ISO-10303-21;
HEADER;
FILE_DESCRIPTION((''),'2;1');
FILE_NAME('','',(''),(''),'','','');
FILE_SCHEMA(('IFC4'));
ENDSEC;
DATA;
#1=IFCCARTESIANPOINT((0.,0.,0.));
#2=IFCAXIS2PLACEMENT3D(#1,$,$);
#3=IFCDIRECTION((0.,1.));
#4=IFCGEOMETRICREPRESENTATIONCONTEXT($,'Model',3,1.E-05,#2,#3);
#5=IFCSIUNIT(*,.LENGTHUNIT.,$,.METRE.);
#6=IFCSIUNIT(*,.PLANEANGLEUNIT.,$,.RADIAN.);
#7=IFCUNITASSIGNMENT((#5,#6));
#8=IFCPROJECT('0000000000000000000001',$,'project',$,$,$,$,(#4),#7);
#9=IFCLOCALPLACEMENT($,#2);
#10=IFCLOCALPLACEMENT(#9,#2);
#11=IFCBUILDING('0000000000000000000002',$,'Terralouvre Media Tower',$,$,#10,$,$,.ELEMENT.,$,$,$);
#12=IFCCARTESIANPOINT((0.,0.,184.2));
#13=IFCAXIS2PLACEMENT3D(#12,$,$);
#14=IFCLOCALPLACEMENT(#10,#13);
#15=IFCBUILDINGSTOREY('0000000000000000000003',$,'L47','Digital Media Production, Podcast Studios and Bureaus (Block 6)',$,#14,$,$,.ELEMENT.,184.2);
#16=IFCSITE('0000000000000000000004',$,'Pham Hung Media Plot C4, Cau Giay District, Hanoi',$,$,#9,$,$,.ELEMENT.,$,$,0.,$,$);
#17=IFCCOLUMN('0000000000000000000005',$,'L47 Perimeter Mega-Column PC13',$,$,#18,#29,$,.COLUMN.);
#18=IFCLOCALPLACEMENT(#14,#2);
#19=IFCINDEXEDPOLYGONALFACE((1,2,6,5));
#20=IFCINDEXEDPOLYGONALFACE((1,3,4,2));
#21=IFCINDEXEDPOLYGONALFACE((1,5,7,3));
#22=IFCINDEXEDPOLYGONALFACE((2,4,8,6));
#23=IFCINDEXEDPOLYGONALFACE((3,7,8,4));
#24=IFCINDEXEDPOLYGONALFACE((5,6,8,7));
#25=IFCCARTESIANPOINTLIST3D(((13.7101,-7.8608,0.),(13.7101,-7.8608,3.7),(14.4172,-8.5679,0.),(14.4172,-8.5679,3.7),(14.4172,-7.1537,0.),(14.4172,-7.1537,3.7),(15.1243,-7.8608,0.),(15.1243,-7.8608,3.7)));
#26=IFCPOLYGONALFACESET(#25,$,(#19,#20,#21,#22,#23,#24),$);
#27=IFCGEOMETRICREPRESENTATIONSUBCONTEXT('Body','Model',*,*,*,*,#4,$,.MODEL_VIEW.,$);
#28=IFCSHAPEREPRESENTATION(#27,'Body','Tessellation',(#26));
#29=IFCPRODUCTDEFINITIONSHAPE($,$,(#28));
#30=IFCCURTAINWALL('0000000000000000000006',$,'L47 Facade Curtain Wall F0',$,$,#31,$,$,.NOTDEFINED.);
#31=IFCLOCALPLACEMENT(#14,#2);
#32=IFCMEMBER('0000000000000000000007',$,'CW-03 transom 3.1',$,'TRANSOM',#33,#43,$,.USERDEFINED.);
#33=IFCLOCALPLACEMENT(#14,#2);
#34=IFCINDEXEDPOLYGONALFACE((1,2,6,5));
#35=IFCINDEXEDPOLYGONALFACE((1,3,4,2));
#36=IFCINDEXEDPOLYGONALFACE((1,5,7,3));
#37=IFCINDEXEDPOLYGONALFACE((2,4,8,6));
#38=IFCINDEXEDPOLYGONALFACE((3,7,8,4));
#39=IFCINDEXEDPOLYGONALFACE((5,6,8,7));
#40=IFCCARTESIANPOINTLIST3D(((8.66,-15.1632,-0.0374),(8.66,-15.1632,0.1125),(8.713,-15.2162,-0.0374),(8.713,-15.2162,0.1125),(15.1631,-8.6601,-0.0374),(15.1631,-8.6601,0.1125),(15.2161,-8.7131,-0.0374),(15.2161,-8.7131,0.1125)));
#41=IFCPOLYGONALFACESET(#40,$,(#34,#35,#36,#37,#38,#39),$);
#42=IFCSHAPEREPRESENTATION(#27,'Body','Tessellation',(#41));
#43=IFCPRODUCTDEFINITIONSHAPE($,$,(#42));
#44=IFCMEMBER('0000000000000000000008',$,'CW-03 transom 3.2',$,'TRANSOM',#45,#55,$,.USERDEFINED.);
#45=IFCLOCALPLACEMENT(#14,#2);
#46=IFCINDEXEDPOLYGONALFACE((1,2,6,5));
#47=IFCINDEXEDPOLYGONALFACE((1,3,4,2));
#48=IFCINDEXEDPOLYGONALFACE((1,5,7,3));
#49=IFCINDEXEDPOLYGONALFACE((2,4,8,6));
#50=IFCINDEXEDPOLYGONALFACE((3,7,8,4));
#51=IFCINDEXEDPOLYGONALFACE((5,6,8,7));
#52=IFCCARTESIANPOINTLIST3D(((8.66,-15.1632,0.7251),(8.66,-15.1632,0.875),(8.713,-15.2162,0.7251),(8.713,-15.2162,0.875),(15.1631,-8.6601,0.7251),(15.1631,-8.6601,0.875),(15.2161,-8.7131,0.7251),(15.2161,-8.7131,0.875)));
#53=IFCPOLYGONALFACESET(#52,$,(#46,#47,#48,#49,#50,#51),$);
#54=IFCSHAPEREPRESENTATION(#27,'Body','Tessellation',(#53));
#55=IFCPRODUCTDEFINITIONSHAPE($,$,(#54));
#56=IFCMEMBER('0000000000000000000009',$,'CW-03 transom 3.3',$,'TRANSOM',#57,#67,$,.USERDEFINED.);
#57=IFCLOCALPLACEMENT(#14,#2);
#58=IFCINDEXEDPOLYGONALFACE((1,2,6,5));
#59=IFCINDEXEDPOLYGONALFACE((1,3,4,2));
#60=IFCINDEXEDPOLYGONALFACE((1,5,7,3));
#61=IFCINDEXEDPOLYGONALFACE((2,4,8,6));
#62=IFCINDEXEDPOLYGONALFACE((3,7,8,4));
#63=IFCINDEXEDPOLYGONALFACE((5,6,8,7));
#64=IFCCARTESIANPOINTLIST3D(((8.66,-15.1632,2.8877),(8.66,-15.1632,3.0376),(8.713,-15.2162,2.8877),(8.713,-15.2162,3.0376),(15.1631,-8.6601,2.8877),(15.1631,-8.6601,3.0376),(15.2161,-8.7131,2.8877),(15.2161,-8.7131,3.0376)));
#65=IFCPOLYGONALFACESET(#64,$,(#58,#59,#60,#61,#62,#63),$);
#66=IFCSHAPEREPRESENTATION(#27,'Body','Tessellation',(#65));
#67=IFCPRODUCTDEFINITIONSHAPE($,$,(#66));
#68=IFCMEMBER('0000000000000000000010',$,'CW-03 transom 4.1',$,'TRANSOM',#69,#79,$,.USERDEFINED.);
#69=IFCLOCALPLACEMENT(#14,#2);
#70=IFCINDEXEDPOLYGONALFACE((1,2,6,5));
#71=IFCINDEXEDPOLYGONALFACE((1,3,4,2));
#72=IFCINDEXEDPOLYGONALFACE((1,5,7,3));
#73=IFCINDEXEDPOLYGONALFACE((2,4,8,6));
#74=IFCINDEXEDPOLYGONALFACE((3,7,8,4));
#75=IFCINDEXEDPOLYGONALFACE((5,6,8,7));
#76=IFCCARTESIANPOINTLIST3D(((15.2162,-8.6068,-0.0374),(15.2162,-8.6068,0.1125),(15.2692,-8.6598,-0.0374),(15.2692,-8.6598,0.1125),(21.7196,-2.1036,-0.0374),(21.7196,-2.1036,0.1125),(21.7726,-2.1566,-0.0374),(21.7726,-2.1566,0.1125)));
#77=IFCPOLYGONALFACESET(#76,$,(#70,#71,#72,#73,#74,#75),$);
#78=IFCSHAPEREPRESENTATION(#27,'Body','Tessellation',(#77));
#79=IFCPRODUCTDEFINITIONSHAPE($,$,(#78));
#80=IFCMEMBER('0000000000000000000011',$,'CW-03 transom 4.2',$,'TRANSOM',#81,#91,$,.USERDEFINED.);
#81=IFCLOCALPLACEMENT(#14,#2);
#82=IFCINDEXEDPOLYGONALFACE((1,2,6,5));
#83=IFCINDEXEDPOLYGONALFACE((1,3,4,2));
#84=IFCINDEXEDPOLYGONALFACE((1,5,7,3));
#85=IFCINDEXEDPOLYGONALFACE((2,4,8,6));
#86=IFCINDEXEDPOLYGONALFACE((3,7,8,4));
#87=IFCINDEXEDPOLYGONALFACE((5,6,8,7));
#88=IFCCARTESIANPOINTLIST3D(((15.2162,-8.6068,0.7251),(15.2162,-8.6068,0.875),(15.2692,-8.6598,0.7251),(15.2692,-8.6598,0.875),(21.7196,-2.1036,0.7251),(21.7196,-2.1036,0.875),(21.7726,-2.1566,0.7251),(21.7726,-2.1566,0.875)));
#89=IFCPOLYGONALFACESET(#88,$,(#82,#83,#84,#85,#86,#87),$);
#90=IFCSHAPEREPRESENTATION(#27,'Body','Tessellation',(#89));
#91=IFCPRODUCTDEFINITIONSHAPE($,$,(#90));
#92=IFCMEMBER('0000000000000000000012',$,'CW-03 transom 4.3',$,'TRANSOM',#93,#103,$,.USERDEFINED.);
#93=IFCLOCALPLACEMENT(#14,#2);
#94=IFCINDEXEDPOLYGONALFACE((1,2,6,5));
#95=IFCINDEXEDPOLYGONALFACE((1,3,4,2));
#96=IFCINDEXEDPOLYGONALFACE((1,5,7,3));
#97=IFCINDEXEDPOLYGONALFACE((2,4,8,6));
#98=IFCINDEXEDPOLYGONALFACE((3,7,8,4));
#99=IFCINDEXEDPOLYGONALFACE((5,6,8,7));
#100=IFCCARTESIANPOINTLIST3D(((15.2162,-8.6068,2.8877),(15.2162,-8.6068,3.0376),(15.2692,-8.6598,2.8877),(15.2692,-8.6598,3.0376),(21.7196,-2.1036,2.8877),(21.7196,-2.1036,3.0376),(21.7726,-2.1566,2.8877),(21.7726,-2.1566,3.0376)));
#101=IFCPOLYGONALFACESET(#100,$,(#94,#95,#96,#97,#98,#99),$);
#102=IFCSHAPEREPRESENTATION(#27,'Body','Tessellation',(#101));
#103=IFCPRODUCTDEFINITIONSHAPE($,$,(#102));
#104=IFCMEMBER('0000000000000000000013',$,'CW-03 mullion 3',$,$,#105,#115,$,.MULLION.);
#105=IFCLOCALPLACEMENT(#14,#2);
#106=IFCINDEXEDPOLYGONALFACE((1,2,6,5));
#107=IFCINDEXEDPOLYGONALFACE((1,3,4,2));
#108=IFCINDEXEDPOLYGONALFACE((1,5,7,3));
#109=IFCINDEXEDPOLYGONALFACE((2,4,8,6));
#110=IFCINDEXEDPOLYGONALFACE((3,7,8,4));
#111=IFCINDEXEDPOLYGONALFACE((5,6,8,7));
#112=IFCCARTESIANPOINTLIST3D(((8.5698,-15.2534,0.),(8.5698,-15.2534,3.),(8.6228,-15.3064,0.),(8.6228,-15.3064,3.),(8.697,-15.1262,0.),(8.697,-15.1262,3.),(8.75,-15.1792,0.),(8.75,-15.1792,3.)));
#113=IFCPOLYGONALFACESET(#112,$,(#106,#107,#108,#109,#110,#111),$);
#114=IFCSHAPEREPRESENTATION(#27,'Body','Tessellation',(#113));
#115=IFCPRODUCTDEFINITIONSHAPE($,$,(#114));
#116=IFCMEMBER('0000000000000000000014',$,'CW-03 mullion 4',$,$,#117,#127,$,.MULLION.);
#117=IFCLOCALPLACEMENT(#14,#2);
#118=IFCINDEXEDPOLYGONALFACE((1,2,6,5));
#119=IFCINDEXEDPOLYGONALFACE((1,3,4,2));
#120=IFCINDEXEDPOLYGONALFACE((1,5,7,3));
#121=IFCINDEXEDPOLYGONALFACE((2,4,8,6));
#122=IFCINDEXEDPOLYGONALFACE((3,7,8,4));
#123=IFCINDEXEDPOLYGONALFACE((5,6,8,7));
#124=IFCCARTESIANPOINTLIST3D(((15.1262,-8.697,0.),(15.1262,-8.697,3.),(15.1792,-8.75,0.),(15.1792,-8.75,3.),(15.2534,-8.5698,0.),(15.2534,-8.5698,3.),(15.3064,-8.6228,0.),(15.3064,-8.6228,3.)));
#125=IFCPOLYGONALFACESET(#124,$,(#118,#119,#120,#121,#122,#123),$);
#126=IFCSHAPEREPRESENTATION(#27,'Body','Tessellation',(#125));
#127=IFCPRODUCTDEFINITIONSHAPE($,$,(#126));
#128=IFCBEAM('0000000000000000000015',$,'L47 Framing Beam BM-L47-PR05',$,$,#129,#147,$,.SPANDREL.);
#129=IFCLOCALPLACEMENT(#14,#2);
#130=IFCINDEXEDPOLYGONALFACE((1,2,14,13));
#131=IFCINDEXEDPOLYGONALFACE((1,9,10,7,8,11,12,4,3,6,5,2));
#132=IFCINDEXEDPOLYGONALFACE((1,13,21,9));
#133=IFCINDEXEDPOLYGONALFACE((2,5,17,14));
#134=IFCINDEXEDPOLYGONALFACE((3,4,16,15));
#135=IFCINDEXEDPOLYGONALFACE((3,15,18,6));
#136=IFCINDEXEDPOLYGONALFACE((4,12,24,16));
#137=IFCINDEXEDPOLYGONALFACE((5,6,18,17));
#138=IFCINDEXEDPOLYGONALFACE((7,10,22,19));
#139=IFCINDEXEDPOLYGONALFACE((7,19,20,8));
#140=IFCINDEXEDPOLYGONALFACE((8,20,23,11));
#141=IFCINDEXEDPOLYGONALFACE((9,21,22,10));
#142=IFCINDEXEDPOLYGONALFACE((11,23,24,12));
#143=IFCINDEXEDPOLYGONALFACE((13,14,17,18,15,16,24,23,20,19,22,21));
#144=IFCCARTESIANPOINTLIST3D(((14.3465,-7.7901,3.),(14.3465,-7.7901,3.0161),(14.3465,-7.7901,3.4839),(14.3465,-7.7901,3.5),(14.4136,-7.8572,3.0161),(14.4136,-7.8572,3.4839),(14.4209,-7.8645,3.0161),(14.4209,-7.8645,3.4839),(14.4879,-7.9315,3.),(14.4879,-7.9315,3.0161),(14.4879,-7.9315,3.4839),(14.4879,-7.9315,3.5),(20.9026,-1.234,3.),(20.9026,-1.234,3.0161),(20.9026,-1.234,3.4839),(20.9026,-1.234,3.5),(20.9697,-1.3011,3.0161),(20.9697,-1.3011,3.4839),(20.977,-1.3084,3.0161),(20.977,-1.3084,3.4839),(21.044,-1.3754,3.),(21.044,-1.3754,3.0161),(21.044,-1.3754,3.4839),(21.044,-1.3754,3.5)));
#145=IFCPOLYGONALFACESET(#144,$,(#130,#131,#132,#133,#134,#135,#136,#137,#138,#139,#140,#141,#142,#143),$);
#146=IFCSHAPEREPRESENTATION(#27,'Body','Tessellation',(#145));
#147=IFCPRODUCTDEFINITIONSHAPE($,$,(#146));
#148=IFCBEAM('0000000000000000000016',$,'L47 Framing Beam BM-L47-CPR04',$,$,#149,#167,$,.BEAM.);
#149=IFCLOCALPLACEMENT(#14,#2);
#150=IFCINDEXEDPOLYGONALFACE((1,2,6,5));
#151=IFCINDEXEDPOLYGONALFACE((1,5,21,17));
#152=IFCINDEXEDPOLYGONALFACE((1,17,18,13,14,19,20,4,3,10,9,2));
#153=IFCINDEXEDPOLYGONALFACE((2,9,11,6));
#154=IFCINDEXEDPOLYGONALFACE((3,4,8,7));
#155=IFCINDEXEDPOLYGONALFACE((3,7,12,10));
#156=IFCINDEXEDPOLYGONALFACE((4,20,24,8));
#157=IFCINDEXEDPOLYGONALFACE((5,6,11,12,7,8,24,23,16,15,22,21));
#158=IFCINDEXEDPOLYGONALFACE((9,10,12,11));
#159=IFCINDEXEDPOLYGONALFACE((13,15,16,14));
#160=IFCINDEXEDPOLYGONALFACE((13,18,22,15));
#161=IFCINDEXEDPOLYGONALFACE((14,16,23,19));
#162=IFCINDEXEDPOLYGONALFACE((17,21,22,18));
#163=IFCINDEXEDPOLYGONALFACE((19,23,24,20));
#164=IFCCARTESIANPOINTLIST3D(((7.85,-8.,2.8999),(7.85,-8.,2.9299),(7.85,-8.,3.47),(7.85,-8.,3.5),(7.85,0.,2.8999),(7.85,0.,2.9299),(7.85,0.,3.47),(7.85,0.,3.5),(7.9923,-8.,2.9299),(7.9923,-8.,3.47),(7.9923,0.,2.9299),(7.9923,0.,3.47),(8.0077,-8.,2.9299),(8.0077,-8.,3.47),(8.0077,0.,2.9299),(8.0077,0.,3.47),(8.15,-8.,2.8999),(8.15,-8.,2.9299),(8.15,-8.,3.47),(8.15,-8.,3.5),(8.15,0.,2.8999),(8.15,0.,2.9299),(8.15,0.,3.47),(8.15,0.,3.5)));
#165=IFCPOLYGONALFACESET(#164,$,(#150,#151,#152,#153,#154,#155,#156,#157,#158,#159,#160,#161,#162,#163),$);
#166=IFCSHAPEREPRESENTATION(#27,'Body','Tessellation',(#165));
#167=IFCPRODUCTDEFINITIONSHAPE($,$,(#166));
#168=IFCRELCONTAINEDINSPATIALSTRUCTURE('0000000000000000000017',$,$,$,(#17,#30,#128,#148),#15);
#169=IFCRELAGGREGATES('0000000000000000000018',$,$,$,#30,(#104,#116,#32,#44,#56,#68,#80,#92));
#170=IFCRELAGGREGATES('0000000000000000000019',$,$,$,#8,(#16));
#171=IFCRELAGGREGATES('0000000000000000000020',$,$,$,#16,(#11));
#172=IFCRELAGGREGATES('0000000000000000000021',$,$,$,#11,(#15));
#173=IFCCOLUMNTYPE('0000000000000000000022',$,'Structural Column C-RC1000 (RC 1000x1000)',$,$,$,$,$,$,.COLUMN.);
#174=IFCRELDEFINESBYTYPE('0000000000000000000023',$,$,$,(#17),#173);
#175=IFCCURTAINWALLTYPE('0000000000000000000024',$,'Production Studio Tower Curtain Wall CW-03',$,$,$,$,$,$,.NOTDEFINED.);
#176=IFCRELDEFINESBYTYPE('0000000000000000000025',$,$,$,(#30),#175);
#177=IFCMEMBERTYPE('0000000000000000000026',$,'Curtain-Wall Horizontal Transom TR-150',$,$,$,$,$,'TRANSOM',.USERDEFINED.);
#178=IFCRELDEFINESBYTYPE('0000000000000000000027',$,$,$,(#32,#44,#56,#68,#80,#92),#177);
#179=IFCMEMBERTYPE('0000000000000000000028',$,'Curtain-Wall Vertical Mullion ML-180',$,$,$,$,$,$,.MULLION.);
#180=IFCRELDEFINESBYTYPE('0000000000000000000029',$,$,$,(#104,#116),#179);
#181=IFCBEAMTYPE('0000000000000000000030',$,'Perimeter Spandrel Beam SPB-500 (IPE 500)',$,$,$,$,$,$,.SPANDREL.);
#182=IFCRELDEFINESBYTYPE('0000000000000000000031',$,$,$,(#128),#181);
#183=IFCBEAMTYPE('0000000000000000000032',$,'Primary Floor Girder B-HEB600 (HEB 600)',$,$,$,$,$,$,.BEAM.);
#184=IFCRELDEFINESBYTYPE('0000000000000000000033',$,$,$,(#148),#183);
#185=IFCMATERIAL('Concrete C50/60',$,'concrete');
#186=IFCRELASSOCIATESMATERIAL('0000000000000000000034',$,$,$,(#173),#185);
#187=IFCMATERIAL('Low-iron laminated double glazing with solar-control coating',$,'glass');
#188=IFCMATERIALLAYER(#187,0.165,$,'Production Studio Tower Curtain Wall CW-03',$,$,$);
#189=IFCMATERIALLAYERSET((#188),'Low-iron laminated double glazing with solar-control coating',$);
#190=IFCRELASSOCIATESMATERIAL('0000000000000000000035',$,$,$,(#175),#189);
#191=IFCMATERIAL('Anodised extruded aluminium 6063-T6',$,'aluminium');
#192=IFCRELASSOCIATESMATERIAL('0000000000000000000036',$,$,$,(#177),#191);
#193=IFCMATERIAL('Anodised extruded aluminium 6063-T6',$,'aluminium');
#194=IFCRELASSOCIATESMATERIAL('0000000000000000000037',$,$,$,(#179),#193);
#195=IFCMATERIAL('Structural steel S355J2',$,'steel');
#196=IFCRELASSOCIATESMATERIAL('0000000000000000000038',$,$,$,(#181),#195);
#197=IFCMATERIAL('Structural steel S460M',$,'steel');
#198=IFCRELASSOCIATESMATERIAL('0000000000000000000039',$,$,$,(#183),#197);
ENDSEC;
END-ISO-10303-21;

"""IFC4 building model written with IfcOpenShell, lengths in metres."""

from ifc_helpers import new_model, si_unit, direction, frame, origin, origin_2d, place, context, subcontext, project, spatial, rectangle, i_section, extrude, material, layer, layer_set, material_profile, profile_set, type_object, element, aggregate, save


model = new_model("IFC4")

# Units and contexts
model_context = context("Model", 3, precision=1e-05, world=origin(), true_north=direction((0.0, 1.0)))
body_context = subcontext(model_context, "Body", "Model", "MODEL_VIEW")
ifc_project = project(units=[si_unit("LENGTHUNIT", "METRE"), si_unit("PLANEANGLEUNIT", "RADIAN")], contexts=[model_context])

# Site, building, storey
site_placement = place(None, origin())
site = spatial("IfcSite", under=ifc_project, at=site_placement, Name="Pham Hung Media Plot C4, Cau Giay District, Hanoi", CompositionType="ELEMENT", RefElevation=0.0)
building_placement = place(site_placement, origin())
building = spatial("IfcBuilding", under=site, at=building_placement, Name="Terralouvre Media Tower", CompositionType="ELEMENT")
storey_placement = place(building_placement, frame((0.0, 0.0, 184.2)))
storey = spatial("IfcBuildingStorey", under=building, at=storey_placement, Name="L47", Description="Digital Media Production, Podcast Studios and Bureaus (Block 6)", CompositionType="ELEMENT", Elevation=184.2)

# Column
ifc_material_1 = material(Name="Concrete C50/60", Category="concrete")
ifc_material_profile_1 = material_profile(ifc_material_1, rectangle(XDim=1.0, YDim=1.0, at=origin_2d()), Name="RC 1000x1000")
ifc_profile_set_1 = profile_set([ifc_material_profile_1], Name="Concrete C50/60")
column_type = type_object("IfcColumnType", Name="Structural Column C-RC1000 (RC 1000x1000)", PredefinedType="COLUMN", material=ifc_profile_set_1)
column_placement = place(storey_placement, frame((14.4172, -7.8608, 0.0), z_axis=(0.0, 0.0, 1.0), x_axis=(0.707107, 0.707107, 0.0)))
element("IfcColumn", 1, at=column_placement, inside=storey, type_object=column_type, Name="L47 Perimeter Mega-Column PC13", PredefinedType="COLUMN", context=body_context, shape_type="SweptSolid", body=[
    extrude(rectangle(XDim=1.0, YDim=1.0, at=origin_2d()), origin(), (0.0, 0.0, 1.0), 3.7),
])

# Curtain wall, members
ifc_material_2 = material(Name="Low-iron laminated double glazing with solar-control coating", Category="glass")
ifc_layer_1 = layer(ifc_material_2, 0.165, Name="Production Studio Tower Curtain Wall CW-03")
ifc_layer_set_1 = layer_set([ifc_layer_1], Name="Low-iron laminated double glazing with solar-control coating")
curtain_wall_type = type_object("IfcCurtainWallType", Name="Production Studio Tower Curtain Wall CW-03", PredefinedType="NOTDEFINED", material=ifc_layer_set_1)
curtain_wall_placement = place(storey_placement, origin())
curtain_wall = element("IfcCurtainWall", 2, at=curtain_wall_placement, inside=storey, type_object=curtain_wall_type, Name="L47 Facade Curtain Wall F0", PredefinedType="NOTDEFINED")
ifc_material_3 = material(Name="Anodised extruded aluminium 6063-T6", Category="aluminium")
ifc_material_profile_2 = material_profile(ifc_material_3, rectangle(XDim=0.075, YDim=0.1499, at=origin_2d()), Name="ALU 75x150")
ifc_profile_set_2 = profile_set([ifc_material_profile_2], Name="Anodised extruded aluminium 6063-T6")
member_type_1 = type_object("IfcMemberType", Name="Curtain-Wall Horizontal Transom TR-150", ElementType="TRANSOM", PredefinedType="USERDEFINED", material=ifc_profile_set_2)
member_1_placement = place(storey_placement, frame((8.6865, -15.1897, 0.0376), z_axis=(0.707107, 0.707107, 0.0), x_axis=(-0.707107, 0.707107, 0.0)))
member_1 = element("IfcMember", 3, at=member_1_placement, type_object=member_type_1, Name="CW-03 transom 3.1", ObjectType="TRANSOM", PredefinedType="USERDEFINED", context=body_context, shape_type="SweptSolid", body=[
    extrude(rectangle(XDim=0.075, YDim=0.1499, at=origin_2d()), origin(), (0.0, 0.0, 1.0), 9.1968),
])
member_2_placement = place(storey_placement, frame((8.6865, -15.1897, 0.8), z_axis=(0.707107, 0.707107, 0.0), x_axis=(-0.707107, 0.707107, 0.0)))
member_2 = element("IfcMember", 4, at=member_2_placement, type_object=member_type_1, Name="CW-03 transom 3.2", ObjectType="TRANSOM", PredefinedType="USERDEFINED", context=body_context, shape_type="SweptSolid", body=[
    extrude(rectangle(XDim=0.075, YDim=0.1499, at=origin_2d()), origin(), (0.0, 0.0, 1.0), 9.1968),
])
member_3_placement = place(storey_placement, frame((8.6865, -15.1897, 2.9626), z_axis=(0.707107, 0.707107, 0.0), x_axis=(-0.707107, 0.707107, 0.0)))
member_3 = element("IfcMember", 5, at=member_3_placement, type_object=member_type_1, Name="CW-03 transom 3.3", ObjectType="TRANSOM", PredefinedType="USERDEFINED", context=body_context, shape_type="SweptSolid", body=[
    extrude(rectangle(XDim=0.075, YDim=0.1499, at=origin_2d()), origin(), (0.0, 0.0, 1.0), 9.1968),
])
member_4_placement = place(storey_placement, frame((15.2427, -8.6333, 0.0376), z_axis=(0.70712, 0.707094, 0.0), x_axis=(-0.707094, 0.70712, 0.0)))
member_4 = element("IfcMember", 6, at=member_4_placement, type_object=member_type_1, Name="CW-03 transom 4.1", ObjectType="TRANSOM", PredefinedType="USERDEFINED", context=body_context, shape_type="SweptSolid", body=[
    extrude(rectangle(XDim=0.075, YDim=0.1499, at=origin_2d()), origin(), (0.0, 0.0, 1.0), 9.197),
])
member_5_placement = place(storey_placement, frame((15.2427, -8.6333, 0.8), z_axis=(0.70712, 0.707094, 0.0), x_axis=(-0.707094, 0.70712, 0.0)))
member_5 = element("IfcMember", 7, at=member_5_placement, type_object=member_type_1, Name="CW-03 transom 4.2", ObjectType="TRANSOM", PredefinedType="USERDEFINED", context=body_context, shape_type="SweptSolid", body=[
    extrude(rectangle(XDim=0.075, YDim=0.1499, at=origin_2d()), origin(), (0.0, 0.0, 1.0), 9.197),
])
member_6_placement = place(storey_placement, frame((15.2427, -8.6333, 2.9626), z_axis=(0.70712, 0.707094, 0.0), x_axis=(-0.707094, 0.70712, 0.0)))
member_6 = element("IfcMember", 8, at=member_6_placement, type_object=member_type_1, Name="CW-03 transom 4.3", ObjectType="TRANSOM", PredefinedType="USERDEFINED", context=body_context, shape_type="SweptSolid", body=[
    extrude(rectangle(XDim=0.075, YDim=0.1499, at=origin_2d()), origin(), (0.0, 0.0, 1.0), 9.197),
])
ifc_material_4 = material(Name="Anodised extruded aluminium 6063-T6", Category="aluminium")
ifc_material_profile_3 = material_profile(ifc_material_4, rectangle(XDim=0.075, YDim=0.1799, at=origin_2d()), Name="ALU 75x180")
ifc_profile_set_3 = profile_set([ifc_material_profile_3], Name="Anodised extruded aluminium 6063-T6")
member_type_2 = type_object("IfcMemberType", Name="Curtain-Wall Vertical Mullion ML-180", PredefinedType="MULLION", material=ifc_profile_set_3)
member_7_placement = place(storey_placement, frame((8.6599, -15.2163, 0.0), z_axis=(0.0, 0.0, 1.0), x_axis=(-0.707107, 0.707107, 0.0)))
member_7 = element("IfcMember", 9, at=member_7_placement, type_object=member_type_2, Name="CW-03 mullion 3", PredefinedType="MULLION", context=body_context, shape_type="SweptSolid", body=[
    extrude(rectangle(XDim=0.075, YDim=0.1799, at=origin_2d()), origin(), (0.0, 0.0, 1.0), 3.0),
])
member_8_placement = place(storey_placement, frame((15.2163, -8.6599, 0.0), z_axis=(0.0, 0.0, 1.0), x_axis=(-0.707107, 0.707107, 0.0)))
member_8 = element("IfcMember", 10, at=member_8_placement, type_object=member_type_2, Name="CW-03 mullion 4", PredefinedType="MULLION", context=body_context, shape_type="SweptSolid", body=[
    extrude(rectangle(XDim=0.075, YDim=0.1799, at=origin_2d()), origin(), (0.0, 0.0, 1.0), 3.0),
])

# Beams
ifc_material_5 = material(Name="Structural steel S355J2", Category="steel")
ifc_material_profile_4 = material_profile(ifc_material_5, i_section(OverallWidth=0.2, OverallDepth=0.5, WebThickness=0.0103, FlangeThickness=0.0161, at=origin_2d()), Name="IPE 500")
ifc_profile_set_4 = profile_set([ifc_material_profile_4], Name="Structural steel S355J2")
beam_type_1 = type_object("IfcBeamType", Name="Perimeter Spandrel Beam SPB-500 (IPE 500)", PredefinedType="SPANDREL", material=ifc_profile_set_4)
beam_1_placement = place(storey_placement, frame((14.4172, -7.8608, 3.25), z_axis=(0.707107, 0.707107, 0.0), x_axis=(-0.707107, 0.707107, 0.0)))
element("IfcBeam", 11, at=beam_1_placement, inside=storey, type_object=beam_type_1, Name="L47 Framing Beam BM-L47-PR05", PredefinedType="SPANDREL", context=body_context, shape_type="SweptSolid", body=[
    extrude(i_section(OverallWidth=0.2, OverallDepth=0.5, WebThickness=0.0103, FlangeThickness=0.0161, at=origin_2d()), origin(), (0.0, 0.0, 1.0), 9.2717),
])
ifc_material_6 = material(Name="Structural steel S460M", Category="steel")
ifc_material_profile_5 = material_profile(ifc_material_6, i_section(OverallWidth=0.3, OverallDepth=0.6001, WebThickness=0.0154, FlangeThickness=0.03, at=origin_2d()), Name="HEB 600")
ifc_profile_set_5 = profile_set([ifc_material_profile_5], Name="Structural steel S460M")
beam_type_2 = type_object("IfcBeamType", Name="Primary Floor Girder B-HEB600 (HEB 600)", PredefinedType="BEAM", material=ifc_profile_set_5)
beam_2_placement = place(storey_placement, frame((8.0, -8.0, 3.2), z_axis=(0.0, 1.0, 0.0), x_axis=(-1.0, 0.0, 0.0)))
element("IfcBeam", 12, at=beam_2_placement, inside=storey, type_object=beam_type_2, Name="L47 Framing Beam BM-L47-CPR04", PredefinedType="BEAM", context=body_context, shape_type="SweptSolid", body=[
    extrude(i_section(OverallWidth=0.3, OverallDepth=0.6001, WebThickness=0.0154, FlangeThickness=0.03, at=origin_2d()), origin(), (0.0, 0.0, 1.0), 8.0),
])

aggregate(curtain_wall, [member_7, member_8, member_1, member_2, member_3, member_4, member_5, member_6])

save(model, "model.ifc")
